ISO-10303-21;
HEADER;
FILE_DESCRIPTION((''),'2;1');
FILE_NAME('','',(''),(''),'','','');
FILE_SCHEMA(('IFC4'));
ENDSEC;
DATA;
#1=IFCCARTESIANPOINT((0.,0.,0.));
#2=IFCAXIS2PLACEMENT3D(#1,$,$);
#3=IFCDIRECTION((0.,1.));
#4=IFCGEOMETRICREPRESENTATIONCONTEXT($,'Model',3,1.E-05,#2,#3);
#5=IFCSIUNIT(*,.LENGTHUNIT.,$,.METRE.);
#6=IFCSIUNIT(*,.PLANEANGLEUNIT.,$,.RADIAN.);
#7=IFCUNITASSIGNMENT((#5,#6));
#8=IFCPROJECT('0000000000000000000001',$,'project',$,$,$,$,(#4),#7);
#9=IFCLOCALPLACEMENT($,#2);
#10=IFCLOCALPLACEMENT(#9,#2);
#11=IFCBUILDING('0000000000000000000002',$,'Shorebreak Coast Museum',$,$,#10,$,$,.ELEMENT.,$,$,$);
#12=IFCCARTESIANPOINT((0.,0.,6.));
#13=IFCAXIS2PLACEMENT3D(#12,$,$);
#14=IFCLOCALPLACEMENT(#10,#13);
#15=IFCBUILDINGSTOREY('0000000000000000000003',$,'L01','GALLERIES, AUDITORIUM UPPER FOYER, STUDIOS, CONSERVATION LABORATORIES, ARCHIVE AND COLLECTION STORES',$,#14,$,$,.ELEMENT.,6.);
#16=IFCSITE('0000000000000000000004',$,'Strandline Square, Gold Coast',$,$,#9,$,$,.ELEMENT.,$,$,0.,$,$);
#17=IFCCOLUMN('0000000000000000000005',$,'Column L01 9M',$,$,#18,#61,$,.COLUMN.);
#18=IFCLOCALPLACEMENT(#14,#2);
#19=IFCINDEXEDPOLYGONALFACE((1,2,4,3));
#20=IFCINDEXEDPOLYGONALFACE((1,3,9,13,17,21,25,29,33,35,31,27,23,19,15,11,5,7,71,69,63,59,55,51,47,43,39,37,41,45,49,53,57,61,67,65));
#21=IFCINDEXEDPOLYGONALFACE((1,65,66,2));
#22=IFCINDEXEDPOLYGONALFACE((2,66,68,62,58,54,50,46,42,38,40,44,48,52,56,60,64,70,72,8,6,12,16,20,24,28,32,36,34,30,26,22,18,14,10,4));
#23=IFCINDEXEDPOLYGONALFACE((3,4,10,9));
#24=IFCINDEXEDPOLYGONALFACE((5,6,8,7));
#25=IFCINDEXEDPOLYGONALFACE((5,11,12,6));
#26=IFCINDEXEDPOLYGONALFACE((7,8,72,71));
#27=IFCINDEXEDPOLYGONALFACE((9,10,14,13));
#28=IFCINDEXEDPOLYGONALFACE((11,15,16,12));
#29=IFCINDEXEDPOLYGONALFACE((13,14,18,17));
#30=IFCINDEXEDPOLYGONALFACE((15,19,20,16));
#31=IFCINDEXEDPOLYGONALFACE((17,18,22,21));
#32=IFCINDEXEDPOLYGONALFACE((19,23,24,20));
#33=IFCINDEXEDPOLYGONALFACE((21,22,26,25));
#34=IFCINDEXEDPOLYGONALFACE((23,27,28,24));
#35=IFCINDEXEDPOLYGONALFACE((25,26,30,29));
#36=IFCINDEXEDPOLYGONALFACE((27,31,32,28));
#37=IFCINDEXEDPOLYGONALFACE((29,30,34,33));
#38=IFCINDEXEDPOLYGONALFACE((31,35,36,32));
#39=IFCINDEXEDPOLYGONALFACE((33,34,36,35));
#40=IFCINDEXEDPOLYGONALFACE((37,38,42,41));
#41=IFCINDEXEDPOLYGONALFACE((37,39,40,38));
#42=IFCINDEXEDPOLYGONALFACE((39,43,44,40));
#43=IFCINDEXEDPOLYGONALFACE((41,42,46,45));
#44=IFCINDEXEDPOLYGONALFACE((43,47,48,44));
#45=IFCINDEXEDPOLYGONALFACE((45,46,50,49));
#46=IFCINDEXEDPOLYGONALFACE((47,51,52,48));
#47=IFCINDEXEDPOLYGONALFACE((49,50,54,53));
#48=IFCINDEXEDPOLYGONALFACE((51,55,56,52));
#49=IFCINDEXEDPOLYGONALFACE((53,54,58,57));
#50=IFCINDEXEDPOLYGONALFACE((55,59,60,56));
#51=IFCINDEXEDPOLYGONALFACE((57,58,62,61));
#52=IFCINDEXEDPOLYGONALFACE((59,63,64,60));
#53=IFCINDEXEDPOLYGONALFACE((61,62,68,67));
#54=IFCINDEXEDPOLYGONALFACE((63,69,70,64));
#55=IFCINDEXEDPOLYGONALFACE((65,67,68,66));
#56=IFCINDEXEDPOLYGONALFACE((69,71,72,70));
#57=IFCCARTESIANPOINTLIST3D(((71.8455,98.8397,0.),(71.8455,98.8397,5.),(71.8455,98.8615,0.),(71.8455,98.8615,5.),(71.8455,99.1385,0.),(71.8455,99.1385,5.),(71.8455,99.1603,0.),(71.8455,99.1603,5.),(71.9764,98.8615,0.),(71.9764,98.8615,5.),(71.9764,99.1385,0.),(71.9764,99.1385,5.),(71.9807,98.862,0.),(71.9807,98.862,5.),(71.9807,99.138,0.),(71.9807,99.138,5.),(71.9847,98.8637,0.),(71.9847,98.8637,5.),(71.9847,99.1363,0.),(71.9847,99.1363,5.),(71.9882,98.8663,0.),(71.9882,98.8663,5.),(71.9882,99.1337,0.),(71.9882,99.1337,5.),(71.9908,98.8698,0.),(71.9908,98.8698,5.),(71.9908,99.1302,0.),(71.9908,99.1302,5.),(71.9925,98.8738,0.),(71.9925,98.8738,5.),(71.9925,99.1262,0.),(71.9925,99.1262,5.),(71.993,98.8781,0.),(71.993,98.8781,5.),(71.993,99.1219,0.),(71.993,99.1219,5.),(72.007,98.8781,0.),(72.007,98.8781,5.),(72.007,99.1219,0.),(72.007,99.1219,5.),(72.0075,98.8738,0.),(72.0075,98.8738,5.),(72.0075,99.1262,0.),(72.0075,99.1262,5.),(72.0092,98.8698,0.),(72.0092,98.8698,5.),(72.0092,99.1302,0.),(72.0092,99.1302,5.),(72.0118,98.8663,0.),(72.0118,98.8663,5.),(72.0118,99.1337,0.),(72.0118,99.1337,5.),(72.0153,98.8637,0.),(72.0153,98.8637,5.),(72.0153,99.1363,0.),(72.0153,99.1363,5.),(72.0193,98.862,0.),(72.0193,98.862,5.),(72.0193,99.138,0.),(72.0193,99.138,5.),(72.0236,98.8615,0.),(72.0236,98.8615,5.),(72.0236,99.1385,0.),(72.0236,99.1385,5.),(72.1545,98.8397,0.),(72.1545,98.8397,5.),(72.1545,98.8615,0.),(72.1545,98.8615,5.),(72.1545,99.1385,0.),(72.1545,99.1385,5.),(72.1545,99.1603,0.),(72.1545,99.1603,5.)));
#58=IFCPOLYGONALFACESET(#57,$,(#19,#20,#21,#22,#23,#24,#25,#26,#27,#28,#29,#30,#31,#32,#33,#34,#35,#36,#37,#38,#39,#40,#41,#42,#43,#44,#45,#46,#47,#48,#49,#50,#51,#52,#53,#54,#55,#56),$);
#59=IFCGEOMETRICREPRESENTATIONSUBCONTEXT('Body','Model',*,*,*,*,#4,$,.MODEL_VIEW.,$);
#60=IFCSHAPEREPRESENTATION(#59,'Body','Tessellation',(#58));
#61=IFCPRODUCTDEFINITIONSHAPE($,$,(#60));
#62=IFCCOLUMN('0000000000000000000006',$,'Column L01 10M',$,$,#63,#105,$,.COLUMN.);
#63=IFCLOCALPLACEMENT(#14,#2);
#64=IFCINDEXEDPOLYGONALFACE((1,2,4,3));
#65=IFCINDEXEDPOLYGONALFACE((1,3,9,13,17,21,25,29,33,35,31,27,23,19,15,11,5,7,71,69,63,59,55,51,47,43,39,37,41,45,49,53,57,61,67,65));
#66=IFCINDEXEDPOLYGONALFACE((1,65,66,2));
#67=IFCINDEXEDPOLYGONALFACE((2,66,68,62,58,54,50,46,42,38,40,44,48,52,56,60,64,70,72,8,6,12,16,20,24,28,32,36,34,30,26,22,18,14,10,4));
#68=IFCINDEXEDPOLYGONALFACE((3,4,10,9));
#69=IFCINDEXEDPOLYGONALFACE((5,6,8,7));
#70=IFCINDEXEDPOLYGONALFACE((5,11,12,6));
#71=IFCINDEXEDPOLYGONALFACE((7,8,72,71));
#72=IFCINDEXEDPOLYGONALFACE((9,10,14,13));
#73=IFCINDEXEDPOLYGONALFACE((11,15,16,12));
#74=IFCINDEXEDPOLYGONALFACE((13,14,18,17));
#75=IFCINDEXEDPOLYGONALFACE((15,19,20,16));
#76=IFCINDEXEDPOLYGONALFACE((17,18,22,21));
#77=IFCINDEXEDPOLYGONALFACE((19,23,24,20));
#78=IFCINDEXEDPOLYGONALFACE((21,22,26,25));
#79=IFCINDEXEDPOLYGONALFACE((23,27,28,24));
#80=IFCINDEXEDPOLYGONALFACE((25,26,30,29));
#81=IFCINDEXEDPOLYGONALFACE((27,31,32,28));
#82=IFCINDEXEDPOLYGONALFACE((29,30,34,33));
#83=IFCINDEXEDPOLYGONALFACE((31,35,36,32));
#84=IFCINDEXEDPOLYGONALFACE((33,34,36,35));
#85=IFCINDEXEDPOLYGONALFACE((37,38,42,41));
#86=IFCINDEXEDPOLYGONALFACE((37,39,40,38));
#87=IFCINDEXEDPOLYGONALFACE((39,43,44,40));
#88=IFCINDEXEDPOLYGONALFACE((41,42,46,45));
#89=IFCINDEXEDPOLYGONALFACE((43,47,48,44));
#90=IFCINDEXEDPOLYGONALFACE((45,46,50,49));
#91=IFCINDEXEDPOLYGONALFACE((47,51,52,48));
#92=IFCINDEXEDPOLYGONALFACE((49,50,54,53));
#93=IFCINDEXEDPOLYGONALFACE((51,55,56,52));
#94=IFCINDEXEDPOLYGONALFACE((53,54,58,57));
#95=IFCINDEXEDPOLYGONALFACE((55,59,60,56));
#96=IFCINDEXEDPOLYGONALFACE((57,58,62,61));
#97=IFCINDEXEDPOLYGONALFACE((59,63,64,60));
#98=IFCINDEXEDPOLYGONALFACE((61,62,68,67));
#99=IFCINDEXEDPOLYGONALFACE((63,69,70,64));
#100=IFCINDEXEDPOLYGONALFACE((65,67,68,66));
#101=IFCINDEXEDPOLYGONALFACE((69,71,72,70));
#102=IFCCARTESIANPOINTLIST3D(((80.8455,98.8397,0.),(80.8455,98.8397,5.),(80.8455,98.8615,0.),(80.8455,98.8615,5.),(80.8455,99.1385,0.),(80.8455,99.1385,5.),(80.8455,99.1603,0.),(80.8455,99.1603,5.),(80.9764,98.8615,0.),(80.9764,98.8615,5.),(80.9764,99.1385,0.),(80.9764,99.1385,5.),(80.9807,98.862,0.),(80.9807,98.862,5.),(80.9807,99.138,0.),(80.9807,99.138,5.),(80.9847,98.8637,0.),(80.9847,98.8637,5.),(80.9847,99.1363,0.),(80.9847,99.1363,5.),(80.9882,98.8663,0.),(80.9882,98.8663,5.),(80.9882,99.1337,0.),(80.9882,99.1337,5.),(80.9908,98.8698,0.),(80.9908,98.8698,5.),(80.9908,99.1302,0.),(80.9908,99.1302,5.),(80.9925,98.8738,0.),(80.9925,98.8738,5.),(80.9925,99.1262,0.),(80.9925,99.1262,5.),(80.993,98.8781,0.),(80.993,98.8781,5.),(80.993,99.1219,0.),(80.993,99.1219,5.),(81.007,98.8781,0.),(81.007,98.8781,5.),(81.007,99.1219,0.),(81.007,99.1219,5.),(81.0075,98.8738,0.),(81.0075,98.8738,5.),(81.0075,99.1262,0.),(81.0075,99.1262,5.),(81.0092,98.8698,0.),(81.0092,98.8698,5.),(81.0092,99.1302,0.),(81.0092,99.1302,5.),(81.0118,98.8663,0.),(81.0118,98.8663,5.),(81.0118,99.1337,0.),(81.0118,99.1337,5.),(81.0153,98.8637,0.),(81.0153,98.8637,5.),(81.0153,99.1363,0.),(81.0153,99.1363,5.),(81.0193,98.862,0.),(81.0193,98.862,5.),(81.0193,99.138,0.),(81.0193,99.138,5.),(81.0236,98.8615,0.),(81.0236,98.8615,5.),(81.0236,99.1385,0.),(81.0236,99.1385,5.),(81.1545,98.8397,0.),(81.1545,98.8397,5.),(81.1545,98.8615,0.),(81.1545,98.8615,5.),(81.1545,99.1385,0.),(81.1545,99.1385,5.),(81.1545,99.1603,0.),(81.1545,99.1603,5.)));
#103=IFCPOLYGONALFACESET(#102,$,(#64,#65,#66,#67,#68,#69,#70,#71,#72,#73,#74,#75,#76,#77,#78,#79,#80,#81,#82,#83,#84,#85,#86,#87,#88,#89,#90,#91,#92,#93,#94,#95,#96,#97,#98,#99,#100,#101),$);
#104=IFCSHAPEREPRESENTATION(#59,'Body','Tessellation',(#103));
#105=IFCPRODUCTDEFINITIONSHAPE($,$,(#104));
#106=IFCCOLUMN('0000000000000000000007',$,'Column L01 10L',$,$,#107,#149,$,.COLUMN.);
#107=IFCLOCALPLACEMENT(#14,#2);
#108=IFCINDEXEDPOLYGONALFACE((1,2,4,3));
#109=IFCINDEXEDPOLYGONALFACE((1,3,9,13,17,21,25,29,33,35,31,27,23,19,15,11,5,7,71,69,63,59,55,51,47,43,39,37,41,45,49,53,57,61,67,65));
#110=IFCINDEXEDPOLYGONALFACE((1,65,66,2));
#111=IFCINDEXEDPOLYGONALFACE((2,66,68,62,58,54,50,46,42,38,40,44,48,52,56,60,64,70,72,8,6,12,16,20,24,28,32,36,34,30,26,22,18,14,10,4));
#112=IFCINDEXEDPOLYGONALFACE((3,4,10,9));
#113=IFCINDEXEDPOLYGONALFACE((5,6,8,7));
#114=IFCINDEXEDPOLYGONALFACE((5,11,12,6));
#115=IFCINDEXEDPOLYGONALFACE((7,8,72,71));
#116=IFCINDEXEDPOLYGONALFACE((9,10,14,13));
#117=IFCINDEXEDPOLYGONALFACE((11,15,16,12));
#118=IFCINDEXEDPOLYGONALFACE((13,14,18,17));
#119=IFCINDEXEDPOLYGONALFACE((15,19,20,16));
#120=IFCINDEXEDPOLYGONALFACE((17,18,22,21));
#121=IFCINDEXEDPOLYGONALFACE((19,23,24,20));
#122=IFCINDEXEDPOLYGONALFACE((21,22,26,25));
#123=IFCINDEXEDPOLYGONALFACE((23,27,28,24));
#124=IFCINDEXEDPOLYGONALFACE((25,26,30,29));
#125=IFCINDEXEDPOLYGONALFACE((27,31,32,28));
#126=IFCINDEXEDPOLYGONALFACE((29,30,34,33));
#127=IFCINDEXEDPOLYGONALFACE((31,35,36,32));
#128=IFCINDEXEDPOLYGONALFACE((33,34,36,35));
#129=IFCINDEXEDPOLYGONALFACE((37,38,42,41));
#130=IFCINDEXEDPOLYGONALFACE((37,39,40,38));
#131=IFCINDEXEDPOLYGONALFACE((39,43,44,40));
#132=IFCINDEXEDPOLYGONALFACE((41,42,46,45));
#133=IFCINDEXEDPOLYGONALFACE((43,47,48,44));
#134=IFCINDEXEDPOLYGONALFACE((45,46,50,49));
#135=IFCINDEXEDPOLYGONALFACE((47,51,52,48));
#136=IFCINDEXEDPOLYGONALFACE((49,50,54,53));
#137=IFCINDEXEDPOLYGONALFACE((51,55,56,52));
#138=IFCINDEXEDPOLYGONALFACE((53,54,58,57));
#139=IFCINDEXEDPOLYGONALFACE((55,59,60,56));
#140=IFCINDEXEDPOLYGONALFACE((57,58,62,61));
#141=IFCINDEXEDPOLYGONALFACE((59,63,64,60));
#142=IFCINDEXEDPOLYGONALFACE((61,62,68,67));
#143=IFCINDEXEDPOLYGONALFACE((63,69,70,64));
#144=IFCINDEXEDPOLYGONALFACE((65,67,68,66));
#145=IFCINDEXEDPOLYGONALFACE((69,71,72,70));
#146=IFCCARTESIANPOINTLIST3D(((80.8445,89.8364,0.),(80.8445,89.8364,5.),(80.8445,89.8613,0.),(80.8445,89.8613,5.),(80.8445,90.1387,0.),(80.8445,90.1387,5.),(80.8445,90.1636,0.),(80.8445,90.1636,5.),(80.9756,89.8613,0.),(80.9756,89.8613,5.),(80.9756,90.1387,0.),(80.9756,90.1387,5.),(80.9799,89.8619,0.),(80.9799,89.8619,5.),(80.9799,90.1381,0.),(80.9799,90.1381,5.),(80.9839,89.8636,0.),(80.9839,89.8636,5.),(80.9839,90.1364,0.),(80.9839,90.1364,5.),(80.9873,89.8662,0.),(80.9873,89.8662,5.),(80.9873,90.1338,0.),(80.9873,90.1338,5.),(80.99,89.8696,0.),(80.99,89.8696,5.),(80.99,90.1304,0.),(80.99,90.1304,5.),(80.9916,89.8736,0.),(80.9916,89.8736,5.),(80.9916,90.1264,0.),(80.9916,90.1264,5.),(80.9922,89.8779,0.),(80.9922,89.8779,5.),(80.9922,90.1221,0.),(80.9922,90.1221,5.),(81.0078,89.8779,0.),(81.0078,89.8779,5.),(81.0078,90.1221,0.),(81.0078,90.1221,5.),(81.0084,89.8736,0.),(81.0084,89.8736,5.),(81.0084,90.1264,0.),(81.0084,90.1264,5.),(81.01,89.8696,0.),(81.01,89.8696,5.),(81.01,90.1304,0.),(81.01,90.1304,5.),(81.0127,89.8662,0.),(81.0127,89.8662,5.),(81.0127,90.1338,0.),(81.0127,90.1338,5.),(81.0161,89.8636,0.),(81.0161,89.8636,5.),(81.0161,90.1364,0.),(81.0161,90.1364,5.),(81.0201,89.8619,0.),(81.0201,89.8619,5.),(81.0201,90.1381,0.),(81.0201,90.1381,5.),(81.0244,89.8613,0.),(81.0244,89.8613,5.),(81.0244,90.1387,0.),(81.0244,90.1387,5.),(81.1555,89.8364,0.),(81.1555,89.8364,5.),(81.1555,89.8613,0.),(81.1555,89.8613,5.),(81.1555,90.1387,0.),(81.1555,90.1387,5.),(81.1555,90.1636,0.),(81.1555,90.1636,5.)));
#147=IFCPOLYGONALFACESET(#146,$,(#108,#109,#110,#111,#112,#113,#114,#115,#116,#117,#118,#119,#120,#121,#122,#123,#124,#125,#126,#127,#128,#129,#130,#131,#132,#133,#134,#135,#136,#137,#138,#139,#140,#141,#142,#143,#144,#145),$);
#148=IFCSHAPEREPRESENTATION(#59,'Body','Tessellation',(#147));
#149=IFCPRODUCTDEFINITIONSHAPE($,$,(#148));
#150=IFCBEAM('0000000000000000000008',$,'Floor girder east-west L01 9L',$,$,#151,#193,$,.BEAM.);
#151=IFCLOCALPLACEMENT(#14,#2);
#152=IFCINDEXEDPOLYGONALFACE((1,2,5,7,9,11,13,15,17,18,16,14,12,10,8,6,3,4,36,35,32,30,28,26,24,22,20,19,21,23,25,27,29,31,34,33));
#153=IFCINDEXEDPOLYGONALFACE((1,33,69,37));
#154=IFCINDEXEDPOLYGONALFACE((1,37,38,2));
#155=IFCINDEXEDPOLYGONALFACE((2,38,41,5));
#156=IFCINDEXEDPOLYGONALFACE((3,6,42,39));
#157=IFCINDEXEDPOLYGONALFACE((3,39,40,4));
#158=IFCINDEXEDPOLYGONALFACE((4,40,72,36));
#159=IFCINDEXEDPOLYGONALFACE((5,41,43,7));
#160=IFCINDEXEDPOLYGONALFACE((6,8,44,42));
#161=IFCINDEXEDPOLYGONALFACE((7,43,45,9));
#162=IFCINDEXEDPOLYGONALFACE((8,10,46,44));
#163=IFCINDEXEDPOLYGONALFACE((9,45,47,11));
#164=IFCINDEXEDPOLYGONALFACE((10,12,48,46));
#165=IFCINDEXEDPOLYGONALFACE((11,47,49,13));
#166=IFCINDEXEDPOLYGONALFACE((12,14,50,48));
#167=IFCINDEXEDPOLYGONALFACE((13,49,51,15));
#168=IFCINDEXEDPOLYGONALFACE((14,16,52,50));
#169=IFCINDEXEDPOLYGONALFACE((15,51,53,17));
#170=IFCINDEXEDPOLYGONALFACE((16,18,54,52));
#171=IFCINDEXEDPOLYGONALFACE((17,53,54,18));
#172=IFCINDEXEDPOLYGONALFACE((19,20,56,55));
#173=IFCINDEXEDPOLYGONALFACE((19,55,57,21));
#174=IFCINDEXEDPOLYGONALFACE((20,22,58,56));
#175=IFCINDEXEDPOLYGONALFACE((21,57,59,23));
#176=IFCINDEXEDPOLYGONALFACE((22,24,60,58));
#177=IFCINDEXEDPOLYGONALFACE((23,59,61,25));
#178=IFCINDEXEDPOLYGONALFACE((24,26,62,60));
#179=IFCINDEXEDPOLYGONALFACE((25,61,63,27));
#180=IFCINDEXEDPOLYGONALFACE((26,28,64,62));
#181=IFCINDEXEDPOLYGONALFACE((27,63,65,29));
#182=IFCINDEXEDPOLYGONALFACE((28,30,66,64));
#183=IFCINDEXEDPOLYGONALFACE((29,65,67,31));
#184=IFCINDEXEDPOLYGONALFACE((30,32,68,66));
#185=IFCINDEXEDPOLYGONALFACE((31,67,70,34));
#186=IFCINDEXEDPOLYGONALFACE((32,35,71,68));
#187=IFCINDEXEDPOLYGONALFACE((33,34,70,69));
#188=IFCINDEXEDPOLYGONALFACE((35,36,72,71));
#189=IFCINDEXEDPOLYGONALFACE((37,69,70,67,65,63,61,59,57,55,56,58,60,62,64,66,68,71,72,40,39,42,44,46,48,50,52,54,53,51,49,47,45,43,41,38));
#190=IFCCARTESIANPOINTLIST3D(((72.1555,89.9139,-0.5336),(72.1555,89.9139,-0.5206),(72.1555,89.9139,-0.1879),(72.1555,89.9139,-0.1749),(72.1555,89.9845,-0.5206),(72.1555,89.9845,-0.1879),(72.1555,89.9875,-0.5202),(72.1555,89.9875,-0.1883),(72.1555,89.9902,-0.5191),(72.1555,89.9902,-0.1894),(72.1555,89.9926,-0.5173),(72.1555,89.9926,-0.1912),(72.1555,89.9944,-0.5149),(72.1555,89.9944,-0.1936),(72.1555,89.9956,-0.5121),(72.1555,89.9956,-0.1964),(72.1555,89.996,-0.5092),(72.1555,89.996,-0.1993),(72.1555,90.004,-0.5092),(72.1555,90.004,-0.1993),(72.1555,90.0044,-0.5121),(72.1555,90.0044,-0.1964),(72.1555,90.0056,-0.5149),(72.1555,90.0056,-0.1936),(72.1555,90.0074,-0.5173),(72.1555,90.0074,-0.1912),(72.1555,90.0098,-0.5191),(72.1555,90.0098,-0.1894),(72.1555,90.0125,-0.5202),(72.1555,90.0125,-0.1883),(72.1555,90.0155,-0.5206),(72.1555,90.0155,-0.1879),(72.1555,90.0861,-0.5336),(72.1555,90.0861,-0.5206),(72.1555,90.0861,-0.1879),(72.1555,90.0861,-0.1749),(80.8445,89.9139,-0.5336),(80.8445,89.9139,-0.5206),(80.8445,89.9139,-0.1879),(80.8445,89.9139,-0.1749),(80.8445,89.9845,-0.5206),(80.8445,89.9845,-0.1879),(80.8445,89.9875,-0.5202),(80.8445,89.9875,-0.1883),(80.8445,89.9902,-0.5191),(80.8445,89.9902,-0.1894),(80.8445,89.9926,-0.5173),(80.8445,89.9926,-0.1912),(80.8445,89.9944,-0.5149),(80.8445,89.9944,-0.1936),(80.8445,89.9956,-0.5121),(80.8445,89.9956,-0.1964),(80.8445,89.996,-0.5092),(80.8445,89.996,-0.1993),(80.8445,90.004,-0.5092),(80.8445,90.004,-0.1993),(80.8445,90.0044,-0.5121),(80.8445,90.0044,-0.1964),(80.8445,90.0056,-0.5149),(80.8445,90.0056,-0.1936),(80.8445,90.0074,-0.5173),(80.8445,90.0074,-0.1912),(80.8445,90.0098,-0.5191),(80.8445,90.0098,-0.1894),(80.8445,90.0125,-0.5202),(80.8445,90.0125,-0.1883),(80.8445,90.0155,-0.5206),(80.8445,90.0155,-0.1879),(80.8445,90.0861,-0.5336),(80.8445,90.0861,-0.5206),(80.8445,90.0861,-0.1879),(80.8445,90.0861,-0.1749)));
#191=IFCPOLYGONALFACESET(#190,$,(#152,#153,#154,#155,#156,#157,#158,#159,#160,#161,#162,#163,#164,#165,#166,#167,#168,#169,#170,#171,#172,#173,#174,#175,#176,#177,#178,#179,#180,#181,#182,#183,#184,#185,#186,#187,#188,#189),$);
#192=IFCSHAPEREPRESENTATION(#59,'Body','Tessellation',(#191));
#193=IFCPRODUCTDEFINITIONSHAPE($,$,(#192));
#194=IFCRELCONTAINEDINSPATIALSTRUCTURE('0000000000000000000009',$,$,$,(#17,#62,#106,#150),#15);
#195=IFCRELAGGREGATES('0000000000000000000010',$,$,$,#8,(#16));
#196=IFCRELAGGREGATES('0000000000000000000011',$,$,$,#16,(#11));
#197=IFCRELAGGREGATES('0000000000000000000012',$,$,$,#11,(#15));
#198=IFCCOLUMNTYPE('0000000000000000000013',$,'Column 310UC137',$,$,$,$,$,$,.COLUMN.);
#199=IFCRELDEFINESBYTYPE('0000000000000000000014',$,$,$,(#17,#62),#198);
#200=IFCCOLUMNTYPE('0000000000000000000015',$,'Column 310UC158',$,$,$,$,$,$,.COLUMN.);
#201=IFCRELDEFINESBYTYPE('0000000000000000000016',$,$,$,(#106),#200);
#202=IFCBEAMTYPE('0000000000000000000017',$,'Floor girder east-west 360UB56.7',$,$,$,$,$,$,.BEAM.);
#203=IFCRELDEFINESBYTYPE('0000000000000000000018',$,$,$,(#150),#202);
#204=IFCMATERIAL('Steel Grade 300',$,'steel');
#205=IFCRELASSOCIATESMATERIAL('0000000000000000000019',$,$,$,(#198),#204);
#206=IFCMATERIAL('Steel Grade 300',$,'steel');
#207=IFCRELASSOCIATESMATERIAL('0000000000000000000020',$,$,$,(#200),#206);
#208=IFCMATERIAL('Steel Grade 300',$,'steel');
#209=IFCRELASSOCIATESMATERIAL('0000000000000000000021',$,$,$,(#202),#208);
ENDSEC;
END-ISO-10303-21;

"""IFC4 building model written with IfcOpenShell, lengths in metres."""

from ifc_helpers import new_model, si_unit, direction, frame, origin, origin_2d, place, context, subcontext, project, spatial, i_section, extrude, material, material_profile, profile_set, type_object, element, save


model = new_model("IFC4")

# Units and contexts
model_context = context("Model", 3, precision=1e-05, world=origin(), true_north=direction((0.0, 1.0)))
body_context = subcontext(model_context, "Body", "Model", "MODEL_VIEW")
ifc_project = project(units=[si_unit("LENGTHUNIT", "METRE"), si_unit("PLANEANGLEUNIT", "RADIAN")], contexts=[model_context])

# Site, building, storey
site_placement = place(None, origin())
site = spatial("IfcSite", under=ifc_project, at=site_placement, Name="Strandline Square, Gold Coast", CompositionType="ELEMENT", RefElevation=0.0)
building_placement = place(site_placement, origin())
building = spatial("IfcBuilding", under=site, at=building_placement, Name="Shorebreak Coast Museum", CompositionType="ELEMENT")
storey_placement = place(building_placement, frame((0.0, 0.0, 6.0)))
storey = spatial("IfcBuildingStorey", under=building, at=storey_placement, Name="L01", Description="GALLERIES, AUDITORIUM UPPER FOYER, STUDIOS, CONSERVATION LABORATORIES, ARCHIVE AND COLLECTION STORES", CompositionType="ELEMENT", Elevation=6.0)

# Columns
ifc_material_1 = material(Name="Steel Grade 300", Category="steel")
ifc_material_profile_1 = material_profile(ifc_material_1, i_section(OverallWidth=0.3091, OverallDepth=0.3206, WebThickness=0.0139, FlangeThickness=0.0217, FilletRadius=0.0166, at=origin_2d()), Name="310UC137")
ifc_profile_set_1 = profile_set([ifc_material_profile_1], Name="Steel Grade 300")
column_type_1 = type_object("IfcColumnType", Name="Column 310UC137", PredefinedType="COLUMN", material=ifc_profile_set_1)
for number, where, z_axis, x_axis, name in (
    (1, (72.0, 99.0, 0.0), (0.0, 0.0, 1.0), (1.0, 0.0, 0.0), "Column L01 9M"),
    (2, (81.0, 99.0, 0.0), (0.0, 0.0, 1.0), (1.0, 0.0, 0.0), "Column L01 10M"),
):
    element("IfcColumn", number, at=place(storey_placement, frame(where, z_axis=z_axis, x_axis=x_axis)), inside=storey, type_object=column_type_1, Name=name, PredefinedType="COLUMN", context=body_context, shape_type="SweptSolid", body=[
        extrude(i_section(OverallWidth=0.3091, OverallDepth=0.3206, WebThickness=0.0139, FlangeThickness=0.0217, FilletRadius=0.0166, at=origin_2d()), origin(), (0.0, 0.0, 1.0), 5.0),
    ])
ifc_material_2 = material(Name="Steel Grade 300", Category="steel")
ifc_material_profile_2 = material_profile(ifc_material_2, i_section(OverallWidth=0.311, OverallDepth=0.3271, WebThickness=0.0156, FlangeThickness=0.0249, FilletRadius=0.0166, at=origin_2d()), Name="310UC158")
ifc_profile_set_2 = profile_set([ifc_material_profile_2], Name="Steel Grade 300")
column_type_2 = type_object("IfcColumnType", Name="Column 310UC158", PredefinedType="COLUMN", material=ifc_profile_set_2)
column_placement = place(storey_placement, frame((81.0, 90.0, 0.0), z_axis=(0.0, 0.0, 1.0), x_axis=(1.0, 0.0, 0.0)))
element("IfcColumn", 3, at=column_placement, inside=storey, type_object=column_type_2, Name="Column L01 10L", PredefinedType="COLUMN", context=body_context, shape_type="SweptSolid", body=[
    extrude(i_section(OverallWidth=0.311, OverallDepth=0.3271, WebThickness=0.0156, FlangeThickness=0.0249, FilletRadius=0.0166, at=origin_2d()), origin(), (0.0, 0.0, 1.0), 5.0),
])

# Beam
ifc_material_3 = material(Name="Steel Grade 300", Category="steel")
ifc_material_profile_3 = material_profile(ifc_material_3, i_section(OverallWidth=0.1721, OverallDepth=0.3586, WebThickness=0.0081, FlangeThickness=0.0129, FilletRadius=0.0115, at=origin_2d()), Name="360UB56.7")
ifc_profile_set_3 = profile_set([ifc_material_profile_3], Name="Steel Grade 300")
beam_type_1 = type_object("IfcBeamType", Name="Floor girder east-west 360UB56.7", PredefinedType="BEAM", material=ifc_profile_set_3)
for number, where, z_axis, x_axis, name in (
    (4, (72.1555, 90.0, -0.3542), (1.0, 0.0, 0.0), (0.0, 1.0, 0.0), "Floor girder east-west L01 9L"),
):
    element("IfcBeam", number, at=place(storey_placement, frame(where, z_axis=z_axis, x_axis=x_axis)), inside=storey, type_object=beam_type_1, Name=name, PredefinedType="BEAM", context=body_context, shape_type="SweptSolid", body=[
        extrude(i_section(OverallWidth=0.1721, OverallDepth=0.3586, WebThickness=0.0081, FlangeThickness=0.0129, FilletRadius=0.0115, at=origin_2d()), origin(), (0.0, 0.0, 1.0), 8.689),
    ])

save(model, "model.ifc")
